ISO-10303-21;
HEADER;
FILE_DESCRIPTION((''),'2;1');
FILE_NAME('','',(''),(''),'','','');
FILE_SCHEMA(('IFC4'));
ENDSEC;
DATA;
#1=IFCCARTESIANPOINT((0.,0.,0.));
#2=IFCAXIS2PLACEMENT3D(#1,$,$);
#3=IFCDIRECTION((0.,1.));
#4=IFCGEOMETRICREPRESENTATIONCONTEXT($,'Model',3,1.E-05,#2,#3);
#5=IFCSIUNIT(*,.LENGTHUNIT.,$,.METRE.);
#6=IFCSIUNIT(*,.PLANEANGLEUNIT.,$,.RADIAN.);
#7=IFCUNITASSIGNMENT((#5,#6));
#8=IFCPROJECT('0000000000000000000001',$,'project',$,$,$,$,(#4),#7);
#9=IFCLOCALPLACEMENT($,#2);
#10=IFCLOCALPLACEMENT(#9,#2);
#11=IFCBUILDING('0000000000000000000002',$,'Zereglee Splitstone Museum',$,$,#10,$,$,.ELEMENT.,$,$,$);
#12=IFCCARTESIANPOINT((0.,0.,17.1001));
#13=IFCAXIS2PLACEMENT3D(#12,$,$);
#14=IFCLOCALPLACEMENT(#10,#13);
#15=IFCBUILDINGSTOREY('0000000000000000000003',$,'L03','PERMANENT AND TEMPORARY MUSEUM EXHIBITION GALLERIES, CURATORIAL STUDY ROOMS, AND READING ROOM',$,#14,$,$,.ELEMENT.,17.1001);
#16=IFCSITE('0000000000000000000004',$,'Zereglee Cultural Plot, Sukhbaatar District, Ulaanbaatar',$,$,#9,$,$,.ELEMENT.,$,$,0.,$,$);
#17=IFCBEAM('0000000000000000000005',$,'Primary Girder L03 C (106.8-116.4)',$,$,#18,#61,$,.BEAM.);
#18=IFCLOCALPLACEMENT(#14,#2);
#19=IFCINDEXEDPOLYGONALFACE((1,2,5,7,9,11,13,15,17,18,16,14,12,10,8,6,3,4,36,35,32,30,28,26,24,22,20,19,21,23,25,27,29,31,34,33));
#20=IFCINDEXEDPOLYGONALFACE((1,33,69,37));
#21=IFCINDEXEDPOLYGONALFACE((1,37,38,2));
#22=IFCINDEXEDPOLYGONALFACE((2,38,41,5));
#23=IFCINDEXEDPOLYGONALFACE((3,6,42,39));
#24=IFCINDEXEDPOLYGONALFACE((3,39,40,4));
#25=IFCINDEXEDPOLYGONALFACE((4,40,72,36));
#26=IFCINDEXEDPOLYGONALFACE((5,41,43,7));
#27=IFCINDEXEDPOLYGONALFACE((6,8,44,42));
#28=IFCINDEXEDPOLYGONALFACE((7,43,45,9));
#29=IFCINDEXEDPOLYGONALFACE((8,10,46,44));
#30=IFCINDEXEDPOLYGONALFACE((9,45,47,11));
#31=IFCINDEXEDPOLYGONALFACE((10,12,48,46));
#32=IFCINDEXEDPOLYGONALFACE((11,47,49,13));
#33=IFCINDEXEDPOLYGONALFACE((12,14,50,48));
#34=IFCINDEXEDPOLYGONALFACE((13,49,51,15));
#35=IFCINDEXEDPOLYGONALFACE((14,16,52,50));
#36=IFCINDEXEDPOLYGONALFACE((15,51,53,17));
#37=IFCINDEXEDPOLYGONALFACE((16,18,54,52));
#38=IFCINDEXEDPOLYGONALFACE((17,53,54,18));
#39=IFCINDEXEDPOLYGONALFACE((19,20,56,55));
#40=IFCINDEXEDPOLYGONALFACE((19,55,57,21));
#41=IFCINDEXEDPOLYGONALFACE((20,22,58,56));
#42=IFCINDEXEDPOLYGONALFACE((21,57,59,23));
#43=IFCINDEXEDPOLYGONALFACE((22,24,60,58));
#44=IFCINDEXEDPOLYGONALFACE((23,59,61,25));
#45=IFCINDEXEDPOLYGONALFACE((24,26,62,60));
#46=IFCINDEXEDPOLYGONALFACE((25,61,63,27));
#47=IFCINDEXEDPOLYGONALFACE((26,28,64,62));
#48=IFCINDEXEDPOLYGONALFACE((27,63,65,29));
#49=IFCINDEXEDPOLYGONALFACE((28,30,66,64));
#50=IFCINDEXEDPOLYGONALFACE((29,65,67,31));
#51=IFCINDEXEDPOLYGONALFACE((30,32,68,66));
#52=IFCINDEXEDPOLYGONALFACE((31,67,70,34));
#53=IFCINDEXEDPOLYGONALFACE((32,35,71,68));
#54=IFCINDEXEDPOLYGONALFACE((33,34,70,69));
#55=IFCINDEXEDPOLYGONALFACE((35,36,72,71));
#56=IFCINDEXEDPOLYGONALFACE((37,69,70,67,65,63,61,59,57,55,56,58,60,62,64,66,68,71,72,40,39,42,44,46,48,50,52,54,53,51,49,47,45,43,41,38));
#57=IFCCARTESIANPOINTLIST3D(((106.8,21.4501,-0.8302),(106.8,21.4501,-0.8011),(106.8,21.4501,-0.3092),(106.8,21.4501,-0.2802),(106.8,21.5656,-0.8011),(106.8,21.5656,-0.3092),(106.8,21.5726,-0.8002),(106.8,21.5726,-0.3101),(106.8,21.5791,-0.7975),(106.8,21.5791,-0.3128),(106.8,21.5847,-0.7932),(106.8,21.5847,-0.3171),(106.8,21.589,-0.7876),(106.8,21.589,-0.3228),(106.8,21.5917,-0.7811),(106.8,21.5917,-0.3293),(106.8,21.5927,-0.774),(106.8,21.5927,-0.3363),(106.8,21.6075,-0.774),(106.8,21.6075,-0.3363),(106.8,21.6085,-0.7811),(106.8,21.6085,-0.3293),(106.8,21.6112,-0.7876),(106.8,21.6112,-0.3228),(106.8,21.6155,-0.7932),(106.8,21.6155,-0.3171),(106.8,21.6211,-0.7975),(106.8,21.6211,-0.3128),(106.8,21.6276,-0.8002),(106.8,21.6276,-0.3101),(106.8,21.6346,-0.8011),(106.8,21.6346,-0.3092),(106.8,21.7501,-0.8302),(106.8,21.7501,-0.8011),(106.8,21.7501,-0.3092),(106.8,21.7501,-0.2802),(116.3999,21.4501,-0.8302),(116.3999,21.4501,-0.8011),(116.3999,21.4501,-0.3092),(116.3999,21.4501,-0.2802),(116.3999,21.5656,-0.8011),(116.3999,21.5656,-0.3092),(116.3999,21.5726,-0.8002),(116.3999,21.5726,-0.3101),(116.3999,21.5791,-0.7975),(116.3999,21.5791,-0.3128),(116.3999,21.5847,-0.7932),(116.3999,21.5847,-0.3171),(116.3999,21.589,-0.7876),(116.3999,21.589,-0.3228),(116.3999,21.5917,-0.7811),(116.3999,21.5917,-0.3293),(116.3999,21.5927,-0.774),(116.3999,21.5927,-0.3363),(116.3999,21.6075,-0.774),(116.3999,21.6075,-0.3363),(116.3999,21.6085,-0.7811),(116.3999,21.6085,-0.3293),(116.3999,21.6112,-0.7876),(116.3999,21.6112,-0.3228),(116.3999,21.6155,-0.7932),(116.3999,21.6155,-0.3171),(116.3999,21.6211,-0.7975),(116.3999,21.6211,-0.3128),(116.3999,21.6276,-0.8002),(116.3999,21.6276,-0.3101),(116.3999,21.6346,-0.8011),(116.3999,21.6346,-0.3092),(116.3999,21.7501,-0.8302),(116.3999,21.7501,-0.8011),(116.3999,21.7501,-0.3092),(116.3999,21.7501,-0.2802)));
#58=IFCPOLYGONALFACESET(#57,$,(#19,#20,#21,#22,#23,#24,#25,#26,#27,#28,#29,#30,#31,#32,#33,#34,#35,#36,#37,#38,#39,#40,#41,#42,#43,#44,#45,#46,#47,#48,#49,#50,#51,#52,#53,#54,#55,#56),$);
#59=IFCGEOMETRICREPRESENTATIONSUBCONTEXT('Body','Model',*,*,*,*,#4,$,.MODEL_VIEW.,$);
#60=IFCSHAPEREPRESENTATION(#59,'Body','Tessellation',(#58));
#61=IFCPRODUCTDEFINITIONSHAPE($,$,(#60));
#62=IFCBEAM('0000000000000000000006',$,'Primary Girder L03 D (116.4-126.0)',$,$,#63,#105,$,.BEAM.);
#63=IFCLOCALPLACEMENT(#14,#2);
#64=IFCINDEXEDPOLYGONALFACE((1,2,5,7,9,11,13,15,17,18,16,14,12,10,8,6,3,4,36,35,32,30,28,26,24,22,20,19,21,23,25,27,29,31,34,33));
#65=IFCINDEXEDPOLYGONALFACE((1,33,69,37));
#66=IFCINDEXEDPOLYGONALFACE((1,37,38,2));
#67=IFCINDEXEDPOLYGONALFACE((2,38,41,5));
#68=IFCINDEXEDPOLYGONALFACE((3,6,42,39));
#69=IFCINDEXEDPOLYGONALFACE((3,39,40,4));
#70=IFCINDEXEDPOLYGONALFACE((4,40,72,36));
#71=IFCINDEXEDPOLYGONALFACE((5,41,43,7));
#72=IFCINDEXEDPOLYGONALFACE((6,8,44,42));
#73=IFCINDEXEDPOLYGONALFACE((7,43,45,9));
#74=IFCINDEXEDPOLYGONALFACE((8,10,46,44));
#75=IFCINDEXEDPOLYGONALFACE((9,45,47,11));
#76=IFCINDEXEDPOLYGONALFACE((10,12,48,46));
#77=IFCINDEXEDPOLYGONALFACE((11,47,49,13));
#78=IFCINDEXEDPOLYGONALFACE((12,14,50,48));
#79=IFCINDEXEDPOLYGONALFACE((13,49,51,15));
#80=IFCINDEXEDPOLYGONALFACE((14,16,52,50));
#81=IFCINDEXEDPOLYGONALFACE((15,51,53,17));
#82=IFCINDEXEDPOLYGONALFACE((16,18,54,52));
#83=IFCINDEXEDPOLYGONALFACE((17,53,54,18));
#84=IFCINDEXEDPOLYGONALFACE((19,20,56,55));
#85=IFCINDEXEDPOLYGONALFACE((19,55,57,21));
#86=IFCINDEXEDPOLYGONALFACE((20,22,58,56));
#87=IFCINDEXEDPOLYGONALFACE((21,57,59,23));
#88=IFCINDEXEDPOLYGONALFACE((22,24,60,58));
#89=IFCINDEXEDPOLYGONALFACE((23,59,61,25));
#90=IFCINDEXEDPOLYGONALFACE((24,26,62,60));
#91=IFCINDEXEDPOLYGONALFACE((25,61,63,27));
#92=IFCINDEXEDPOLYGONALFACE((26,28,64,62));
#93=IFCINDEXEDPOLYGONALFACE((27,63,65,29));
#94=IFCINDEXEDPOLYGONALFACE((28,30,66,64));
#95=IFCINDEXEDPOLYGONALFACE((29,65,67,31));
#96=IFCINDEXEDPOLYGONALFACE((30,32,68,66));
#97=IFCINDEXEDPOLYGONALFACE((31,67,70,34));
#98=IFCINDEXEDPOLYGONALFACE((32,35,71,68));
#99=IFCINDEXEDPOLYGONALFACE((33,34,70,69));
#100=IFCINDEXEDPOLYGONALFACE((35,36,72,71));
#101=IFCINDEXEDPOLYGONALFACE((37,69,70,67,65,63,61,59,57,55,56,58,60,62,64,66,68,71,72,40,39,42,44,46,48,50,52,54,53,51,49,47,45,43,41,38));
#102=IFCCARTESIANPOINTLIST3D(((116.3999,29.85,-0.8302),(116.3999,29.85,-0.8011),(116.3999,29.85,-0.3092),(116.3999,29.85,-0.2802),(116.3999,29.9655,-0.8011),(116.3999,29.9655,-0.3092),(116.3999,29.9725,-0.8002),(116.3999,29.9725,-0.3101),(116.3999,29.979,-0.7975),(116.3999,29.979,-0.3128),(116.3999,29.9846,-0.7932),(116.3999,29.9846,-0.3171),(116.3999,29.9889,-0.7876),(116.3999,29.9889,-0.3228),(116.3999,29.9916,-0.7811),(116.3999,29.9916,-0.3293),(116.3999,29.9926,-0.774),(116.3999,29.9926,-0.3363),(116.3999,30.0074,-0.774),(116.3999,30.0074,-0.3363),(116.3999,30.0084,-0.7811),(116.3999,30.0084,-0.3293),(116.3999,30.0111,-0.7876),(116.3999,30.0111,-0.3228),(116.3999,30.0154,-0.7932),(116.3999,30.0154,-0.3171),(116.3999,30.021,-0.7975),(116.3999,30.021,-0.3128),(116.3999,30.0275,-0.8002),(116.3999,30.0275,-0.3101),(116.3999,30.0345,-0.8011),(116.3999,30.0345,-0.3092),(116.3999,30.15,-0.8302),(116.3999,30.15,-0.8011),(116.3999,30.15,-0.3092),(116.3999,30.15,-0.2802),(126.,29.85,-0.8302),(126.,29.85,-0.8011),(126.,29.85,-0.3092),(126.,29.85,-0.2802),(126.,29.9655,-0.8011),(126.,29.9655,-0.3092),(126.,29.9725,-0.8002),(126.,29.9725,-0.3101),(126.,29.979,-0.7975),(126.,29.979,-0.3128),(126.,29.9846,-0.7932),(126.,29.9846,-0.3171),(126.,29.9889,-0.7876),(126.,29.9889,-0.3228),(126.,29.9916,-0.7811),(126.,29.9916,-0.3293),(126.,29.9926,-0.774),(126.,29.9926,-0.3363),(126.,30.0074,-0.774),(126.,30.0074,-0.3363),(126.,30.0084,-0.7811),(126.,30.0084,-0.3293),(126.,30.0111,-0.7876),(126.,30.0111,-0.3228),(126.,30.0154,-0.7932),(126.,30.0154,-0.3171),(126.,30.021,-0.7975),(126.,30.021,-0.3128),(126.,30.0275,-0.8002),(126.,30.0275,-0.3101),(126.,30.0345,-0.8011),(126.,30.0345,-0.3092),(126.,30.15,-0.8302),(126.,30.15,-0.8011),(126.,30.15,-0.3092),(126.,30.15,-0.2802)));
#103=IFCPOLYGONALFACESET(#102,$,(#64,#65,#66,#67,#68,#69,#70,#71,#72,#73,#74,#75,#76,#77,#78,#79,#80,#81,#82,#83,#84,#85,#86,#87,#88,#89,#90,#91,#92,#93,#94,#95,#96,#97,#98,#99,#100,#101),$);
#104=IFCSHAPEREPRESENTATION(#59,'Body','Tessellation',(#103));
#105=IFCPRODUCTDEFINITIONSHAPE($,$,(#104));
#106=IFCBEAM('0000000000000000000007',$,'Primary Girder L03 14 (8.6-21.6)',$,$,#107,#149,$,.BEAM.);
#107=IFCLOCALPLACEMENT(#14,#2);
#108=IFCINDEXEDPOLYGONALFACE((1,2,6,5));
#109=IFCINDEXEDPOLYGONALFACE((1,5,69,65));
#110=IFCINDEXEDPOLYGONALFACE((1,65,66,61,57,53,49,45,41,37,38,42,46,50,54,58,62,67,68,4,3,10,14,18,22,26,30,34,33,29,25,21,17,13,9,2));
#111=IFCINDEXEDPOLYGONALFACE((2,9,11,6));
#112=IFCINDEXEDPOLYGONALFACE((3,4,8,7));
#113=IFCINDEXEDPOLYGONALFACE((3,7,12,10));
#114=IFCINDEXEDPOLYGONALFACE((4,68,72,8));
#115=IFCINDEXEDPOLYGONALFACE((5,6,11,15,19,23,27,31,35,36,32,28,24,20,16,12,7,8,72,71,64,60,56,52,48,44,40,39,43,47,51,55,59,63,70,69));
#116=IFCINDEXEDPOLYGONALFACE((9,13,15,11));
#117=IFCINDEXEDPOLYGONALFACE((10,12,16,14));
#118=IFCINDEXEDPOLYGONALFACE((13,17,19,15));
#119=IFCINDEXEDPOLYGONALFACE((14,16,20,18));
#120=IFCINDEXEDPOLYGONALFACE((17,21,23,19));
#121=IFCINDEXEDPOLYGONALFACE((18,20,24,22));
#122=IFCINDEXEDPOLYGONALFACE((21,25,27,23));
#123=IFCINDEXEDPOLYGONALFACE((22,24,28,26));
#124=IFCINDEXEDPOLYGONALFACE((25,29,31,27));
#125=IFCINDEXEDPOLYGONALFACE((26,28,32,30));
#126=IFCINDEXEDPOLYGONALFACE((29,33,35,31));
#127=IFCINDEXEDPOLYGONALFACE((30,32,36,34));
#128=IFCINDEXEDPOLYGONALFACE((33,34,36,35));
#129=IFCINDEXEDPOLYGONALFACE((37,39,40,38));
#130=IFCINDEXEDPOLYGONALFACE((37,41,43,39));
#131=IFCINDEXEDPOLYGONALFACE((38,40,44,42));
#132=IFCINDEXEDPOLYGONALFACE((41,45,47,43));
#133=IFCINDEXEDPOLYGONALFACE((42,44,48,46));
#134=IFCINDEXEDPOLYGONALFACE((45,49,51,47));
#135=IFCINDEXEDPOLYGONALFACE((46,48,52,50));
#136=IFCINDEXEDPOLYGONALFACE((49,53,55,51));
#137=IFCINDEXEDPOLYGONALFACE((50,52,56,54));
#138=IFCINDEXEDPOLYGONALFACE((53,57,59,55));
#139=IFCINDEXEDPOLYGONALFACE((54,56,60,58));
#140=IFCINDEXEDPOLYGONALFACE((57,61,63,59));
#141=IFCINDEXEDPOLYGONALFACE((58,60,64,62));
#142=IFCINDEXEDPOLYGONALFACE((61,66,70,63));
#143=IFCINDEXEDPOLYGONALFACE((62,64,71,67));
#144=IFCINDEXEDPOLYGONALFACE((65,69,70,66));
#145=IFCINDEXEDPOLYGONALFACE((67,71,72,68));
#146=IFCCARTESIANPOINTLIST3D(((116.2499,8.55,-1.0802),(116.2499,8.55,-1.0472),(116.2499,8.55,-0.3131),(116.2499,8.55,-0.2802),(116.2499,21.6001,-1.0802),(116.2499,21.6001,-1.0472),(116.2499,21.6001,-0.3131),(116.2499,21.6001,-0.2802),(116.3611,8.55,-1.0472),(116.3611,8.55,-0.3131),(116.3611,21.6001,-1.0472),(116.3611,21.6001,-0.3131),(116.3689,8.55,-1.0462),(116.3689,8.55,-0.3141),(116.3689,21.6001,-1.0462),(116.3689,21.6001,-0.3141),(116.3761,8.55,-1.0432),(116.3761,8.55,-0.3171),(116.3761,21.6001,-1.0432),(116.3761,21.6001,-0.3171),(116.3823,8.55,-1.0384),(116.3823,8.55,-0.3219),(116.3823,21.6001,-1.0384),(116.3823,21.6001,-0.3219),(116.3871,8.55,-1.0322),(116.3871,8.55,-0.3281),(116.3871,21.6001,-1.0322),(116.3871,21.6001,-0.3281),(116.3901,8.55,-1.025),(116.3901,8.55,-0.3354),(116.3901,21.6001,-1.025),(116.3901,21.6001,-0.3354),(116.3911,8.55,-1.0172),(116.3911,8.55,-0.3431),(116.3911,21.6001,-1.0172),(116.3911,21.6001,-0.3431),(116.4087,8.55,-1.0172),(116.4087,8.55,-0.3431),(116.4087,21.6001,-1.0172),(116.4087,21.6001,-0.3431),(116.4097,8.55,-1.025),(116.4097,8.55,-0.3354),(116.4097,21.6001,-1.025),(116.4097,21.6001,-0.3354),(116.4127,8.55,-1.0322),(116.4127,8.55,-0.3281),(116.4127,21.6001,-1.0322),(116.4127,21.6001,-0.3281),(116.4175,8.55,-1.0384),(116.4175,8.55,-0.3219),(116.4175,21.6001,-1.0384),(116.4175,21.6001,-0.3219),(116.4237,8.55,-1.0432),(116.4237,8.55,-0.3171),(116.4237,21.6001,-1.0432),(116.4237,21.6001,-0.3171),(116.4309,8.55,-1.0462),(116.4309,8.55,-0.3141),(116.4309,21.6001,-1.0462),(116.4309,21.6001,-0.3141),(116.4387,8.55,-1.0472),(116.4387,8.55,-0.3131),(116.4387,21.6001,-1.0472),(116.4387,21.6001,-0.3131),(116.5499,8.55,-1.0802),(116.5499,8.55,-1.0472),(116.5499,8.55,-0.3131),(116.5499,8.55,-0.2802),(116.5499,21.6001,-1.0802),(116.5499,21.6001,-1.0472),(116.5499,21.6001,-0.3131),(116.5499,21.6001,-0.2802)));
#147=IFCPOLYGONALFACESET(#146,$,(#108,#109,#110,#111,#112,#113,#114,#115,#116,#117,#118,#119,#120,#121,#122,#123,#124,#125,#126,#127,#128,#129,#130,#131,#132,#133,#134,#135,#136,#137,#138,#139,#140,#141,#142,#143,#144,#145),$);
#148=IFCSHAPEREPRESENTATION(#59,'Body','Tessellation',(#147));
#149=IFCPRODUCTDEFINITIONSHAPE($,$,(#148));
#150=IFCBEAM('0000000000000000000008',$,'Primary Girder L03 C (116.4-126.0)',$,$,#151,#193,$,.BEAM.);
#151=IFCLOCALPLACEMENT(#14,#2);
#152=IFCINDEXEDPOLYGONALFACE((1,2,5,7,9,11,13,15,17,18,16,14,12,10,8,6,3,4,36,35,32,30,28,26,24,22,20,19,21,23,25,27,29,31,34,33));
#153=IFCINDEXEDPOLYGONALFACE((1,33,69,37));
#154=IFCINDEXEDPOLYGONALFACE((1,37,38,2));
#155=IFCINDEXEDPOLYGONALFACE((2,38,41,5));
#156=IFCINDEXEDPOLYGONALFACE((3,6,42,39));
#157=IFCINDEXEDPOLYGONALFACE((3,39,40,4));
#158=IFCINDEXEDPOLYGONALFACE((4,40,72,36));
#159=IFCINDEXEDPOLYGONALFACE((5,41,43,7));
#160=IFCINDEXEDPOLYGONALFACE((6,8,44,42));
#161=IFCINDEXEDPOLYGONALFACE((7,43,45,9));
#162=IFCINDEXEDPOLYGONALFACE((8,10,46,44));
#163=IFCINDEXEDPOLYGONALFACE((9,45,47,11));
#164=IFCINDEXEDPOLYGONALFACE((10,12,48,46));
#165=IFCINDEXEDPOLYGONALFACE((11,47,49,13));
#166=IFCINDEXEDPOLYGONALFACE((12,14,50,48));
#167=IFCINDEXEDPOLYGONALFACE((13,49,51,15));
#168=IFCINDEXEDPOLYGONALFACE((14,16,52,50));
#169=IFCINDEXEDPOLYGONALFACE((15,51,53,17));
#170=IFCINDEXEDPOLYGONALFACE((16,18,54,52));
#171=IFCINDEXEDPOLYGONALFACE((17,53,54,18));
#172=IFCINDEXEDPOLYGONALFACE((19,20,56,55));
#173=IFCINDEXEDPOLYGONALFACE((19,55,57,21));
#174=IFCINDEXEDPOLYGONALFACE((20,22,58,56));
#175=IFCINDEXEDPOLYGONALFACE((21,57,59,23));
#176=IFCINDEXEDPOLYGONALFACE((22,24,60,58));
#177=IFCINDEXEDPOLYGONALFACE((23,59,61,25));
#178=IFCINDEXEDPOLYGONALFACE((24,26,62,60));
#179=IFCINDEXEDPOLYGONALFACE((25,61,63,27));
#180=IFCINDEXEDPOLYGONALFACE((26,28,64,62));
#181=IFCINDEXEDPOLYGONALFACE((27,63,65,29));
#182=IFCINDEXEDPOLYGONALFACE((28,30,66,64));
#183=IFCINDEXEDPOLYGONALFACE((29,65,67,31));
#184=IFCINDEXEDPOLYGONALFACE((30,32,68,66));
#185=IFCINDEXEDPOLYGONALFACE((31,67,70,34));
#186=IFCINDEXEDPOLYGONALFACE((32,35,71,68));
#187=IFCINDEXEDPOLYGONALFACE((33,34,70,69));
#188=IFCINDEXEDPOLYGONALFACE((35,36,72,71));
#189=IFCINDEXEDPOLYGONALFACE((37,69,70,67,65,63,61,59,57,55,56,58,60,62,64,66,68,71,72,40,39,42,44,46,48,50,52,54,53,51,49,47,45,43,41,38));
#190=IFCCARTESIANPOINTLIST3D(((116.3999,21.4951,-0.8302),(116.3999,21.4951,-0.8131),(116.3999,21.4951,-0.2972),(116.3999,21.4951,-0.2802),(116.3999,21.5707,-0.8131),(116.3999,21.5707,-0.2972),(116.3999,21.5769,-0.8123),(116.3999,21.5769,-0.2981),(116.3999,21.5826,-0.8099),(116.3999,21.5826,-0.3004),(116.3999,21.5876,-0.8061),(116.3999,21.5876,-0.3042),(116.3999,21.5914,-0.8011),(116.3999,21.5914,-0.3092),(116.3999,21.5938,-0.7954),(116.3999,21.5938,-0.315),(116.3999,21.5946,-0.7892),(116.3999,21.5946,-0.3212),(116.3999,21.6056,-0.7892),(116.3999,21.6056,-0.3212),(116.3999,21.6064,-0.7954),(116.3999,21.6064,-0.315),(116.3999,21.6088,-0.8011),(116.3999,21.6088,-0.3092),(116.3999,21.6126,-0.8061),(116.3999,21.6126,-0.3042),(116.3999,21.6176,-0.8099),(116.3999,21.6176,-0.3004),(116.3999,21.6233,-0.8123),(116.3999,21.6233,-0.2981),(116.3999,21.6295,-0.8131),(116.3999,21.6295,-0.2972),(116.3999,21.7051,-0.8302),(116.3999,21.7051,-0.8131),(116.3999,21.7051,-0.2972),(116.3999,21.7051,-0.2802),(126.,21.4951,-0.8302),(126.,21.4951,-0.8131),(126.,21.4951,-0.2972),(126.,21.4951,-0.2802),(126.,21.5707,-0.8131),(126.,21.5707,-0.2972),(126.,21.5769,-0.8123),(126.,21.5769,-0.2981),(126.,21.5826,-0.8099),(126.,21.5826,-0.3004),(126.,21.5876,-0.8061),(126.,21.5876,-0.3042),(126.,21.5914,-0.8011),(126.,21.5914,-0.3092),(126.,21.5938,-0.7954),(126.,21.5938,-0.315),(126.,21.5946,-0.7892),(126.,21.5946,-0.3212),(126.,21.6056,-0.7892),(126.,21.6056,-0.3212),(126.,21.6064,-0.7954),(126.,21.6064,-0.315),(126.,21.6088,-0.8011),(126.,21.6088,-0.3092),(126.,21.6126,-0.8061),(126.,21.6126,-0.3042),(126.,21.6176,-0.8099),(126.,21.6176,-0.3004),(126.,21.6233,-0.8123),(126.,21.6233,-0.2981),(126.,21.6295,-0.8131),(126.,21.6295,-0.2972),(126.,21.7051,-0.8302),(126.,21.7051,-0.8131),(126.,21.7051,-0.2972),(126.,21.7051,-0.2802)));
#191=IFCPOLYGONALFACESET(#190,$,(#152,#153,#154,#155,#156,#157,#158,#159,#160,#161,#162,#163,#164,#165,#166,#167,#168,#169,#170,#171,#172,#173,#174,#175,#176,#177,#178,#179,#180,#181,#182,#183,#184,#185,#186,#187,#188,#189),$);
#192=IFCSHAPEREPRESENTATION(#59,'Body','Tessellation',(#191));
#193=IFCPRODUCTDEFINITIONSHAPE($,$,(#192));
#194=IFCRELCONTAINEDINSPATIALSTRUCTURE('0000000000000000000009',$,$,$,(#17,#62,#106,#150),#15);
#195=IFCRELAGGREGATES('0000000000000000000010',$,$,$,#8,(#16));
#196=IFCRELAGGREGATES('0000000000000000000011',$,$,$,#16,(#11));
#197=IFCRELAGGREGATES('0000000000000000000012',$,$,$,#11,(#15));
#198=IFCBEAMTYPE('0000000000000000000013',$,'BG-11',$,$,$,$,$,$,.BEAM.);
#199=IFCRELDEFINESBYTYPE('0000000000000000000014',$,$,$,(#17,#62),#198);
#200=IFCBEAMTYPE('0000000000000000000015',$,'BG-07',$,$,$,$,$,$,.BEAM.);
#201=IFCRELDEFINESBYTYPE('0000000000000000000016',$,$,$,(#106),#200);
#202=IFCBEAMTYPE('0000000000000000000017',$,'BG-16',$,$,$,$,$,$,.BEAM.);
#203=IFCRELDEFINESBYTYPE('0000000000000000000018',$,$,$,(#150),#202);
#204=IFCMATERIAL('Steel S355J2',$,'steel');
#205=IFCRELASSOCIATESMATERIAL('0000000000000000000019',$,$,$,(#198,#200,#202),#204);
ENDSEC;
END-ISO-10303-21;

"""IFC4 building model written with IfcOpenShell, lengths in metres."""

from ifc_helpers import new_model, si_unit, direction, frame, origin, origin_2d, place, context, subcontext, project, spatial, i_section, extrude, material, material_profile, profile_set, type_object, element, save


model = new_model("IFC4")

# Units and contexts
model_context = context("Model", 3, precision=1e-05, world=origin(), true_north=direction((0.0, 1.0)))
body_context = subcontext(model_context, "Body", "Model", "MODEL_VIEW")
ifc_project = project(units=[si_unit("LENGTHUNIT", "METRE"), si_unit("PLANEANGLEUNIT", "RADIAN")], contexts=[model_context])

# Site, building, storey
site_placement = place(None, origin())
site = spatial("IfcSite", under=ifc_project, at=site_placement, Name="Zereglee Cultural Plot, Sukhbaatar District, Ulaanbaatar", CompositionType="ELEMENT", RefElevation=0.0)
building_placement = place(site_placement, origin())
building = spatial("IfcBuilding", under=site, at=building_placement, Name="Zereglee Splitstone Museum", CompositionType="ELEMENT")
storey_placement = place(building_placement, frame((0.0, 0.0, 17.1001)))
storey = spatial("IfcBuildingStorey", under=building, at=storey_placement, Name="L03", Description="PERMANENT AND TEMPORARY MUSEUM EXHIBITION GALLERIES, CURATORIAL STUDY ROOMS, AND READING ROOM", CompositionType="ELEMENT", Elevation=17.1001)

# Shared definitions
ifc_material_1 = material(Name="Steel S355J2", Category="steel")

# Beams
ifc_material_profile_1 = material_profile(ifc_material_1, i_section(OverallWidth=0.3, OverallDepth=0.55, WebThickness=0.0149, FlangeThickness=0.0291, FilletRadius=0.0271, at=origin_2d()), Name="HE 550 B")
ifc_profile_set_1 = profile_set([ifc_material_profile_1], Name="Steel S355J2")
beam_type_1 = type_object("IfcBeamType", Name="BG-11", PredefinedType="BEAM", material=ifc_profile_set_1)
beam_1_placement = place(storey_placement, frame((106.8, 21.6001, -0.5552), z_axis=(1.0, 0.0, 0.0), x_axis=(0.0, 1.0, 0.0)))
element("IfcBeam", 1, at=beam_1_placement, inside=storey, type_object=beam_type_1, Name="Primary Girder L03 C (106.8-116.4)", PredefinedType="BEAM", context=body_context, shape_type="SweptSolid", body=[
    extrude(i_section(OverallWidth=0.3, OverallDepth=0.55, WebThickness=0.0149, FlangeThickness=0.0291, FilletRadius=0.0271, at=origin_2d()), origin(), (0.0, 0.0, 1.0), 9.5999),
])
beam_2_placement = place(storey_placement, frame((116.3999, 30.0, -0.5552), z_axis=(1.0, 0.0, 0.0), x_axis=(0.0, 1.0, 0.0)))
element("IfcBeam", 2, at=beam_2_placement, inside=storey, type_object=beam_type_1, Name="Primary Girder L03 D (116.4-126.0)", PredefinedType="BEAM", context=body_context, shape_type="SweptSolid", body=[
    extrude(i_section(OverallWidth=0.3, OverallDepth=0.55, WebThickness=0.0149, FlangeThickness=0.0291, FilletRadius=0.0271, at=origin_2d()), origin(), (0.0, 0.0, 1.0), 9.6001),
])
ifc_material_profile_2 = material_profile(ifc_material_1, i_section(OverallWidth=0.3, OverallDepth=0.8, WebThickness=0.0176, FlangeThickness=0.033, FilletRadius=0.03, at=origin_2d()), Name="HE 800 B")
ifc_profile_set_2 = profile_set([ifc_material_profile_2], Name="Steel S355J2")
beam_type_2 = type_object("IfcBeamType", Name="BG-07", PredefinedType="BEAM", material=ifc_profile_set_2)
beam_3_placement = place(storey_placement, frame((116.3999, 8.55, -0.6802), z_axis=(0.0, 1.0, 0.0), x_axis=(-1.0, 0.0, 0.0)))
element("IfcBeam", 3, at=beam_3_placement, inside=storey, type_object=beam_type_2, Name="Primary Girder L03 14 (8.6-21.6)", PredefinedType="BEAM", context=body_context, shape_type="SweptSolid", body=[
    extrude(i_section(OverallWidth=0.3, OverallDepth=0.8, WebThickness=0.0176, FlangeThickness=0.033, FilletRadius=0.03, at=origin_2d()), origin(), (0.0, 0.0, 1.0), 13.05),
])
ifc_material_profile_3 = material_profile(ifc_material_1, i_section(OverallWidth=0.21, OverallDepth=0.55, WebThickness=0.011, FlangeThickness=0.0171, FilletRadius=0.0239, at=origin_2d()), Name="IPE 550")
ifc_profile_set_3 = profile_set([ifc_material_profile_3], Name="Steel S355J2")
beam_type_3 = type_object("IfcBeamType", Name="BG-16", PredefinedType="BEAM", material=ifc_profile_set_3)
beam_4_placement = place(storey_placement, frame((116.3999, 21.6001, -0.5552), z_axis=(1.0, 0.0, 0.0), x_axis=(0.0, 1.0, 0.0)))
element("IfcBeam", 4, at=beam_4_placement, inside=storey, type_object=beam_type_3, Name="Primary Girder L03 C (116.4-126.0)", PredefinedType="BEAM", context=body_context, shape_type="SweptSolid", body=[
    extrude(i_section(OverallWidth=0.21, OverallDepth=0.55, WebThickness=0.011, FlangeThickness=0.0171, FilletRadius=0.0239, at=origin_2d()), origin(), (0.0, 0.0, 1.0), 9.6001),
])

save(model, "model.ifc")
